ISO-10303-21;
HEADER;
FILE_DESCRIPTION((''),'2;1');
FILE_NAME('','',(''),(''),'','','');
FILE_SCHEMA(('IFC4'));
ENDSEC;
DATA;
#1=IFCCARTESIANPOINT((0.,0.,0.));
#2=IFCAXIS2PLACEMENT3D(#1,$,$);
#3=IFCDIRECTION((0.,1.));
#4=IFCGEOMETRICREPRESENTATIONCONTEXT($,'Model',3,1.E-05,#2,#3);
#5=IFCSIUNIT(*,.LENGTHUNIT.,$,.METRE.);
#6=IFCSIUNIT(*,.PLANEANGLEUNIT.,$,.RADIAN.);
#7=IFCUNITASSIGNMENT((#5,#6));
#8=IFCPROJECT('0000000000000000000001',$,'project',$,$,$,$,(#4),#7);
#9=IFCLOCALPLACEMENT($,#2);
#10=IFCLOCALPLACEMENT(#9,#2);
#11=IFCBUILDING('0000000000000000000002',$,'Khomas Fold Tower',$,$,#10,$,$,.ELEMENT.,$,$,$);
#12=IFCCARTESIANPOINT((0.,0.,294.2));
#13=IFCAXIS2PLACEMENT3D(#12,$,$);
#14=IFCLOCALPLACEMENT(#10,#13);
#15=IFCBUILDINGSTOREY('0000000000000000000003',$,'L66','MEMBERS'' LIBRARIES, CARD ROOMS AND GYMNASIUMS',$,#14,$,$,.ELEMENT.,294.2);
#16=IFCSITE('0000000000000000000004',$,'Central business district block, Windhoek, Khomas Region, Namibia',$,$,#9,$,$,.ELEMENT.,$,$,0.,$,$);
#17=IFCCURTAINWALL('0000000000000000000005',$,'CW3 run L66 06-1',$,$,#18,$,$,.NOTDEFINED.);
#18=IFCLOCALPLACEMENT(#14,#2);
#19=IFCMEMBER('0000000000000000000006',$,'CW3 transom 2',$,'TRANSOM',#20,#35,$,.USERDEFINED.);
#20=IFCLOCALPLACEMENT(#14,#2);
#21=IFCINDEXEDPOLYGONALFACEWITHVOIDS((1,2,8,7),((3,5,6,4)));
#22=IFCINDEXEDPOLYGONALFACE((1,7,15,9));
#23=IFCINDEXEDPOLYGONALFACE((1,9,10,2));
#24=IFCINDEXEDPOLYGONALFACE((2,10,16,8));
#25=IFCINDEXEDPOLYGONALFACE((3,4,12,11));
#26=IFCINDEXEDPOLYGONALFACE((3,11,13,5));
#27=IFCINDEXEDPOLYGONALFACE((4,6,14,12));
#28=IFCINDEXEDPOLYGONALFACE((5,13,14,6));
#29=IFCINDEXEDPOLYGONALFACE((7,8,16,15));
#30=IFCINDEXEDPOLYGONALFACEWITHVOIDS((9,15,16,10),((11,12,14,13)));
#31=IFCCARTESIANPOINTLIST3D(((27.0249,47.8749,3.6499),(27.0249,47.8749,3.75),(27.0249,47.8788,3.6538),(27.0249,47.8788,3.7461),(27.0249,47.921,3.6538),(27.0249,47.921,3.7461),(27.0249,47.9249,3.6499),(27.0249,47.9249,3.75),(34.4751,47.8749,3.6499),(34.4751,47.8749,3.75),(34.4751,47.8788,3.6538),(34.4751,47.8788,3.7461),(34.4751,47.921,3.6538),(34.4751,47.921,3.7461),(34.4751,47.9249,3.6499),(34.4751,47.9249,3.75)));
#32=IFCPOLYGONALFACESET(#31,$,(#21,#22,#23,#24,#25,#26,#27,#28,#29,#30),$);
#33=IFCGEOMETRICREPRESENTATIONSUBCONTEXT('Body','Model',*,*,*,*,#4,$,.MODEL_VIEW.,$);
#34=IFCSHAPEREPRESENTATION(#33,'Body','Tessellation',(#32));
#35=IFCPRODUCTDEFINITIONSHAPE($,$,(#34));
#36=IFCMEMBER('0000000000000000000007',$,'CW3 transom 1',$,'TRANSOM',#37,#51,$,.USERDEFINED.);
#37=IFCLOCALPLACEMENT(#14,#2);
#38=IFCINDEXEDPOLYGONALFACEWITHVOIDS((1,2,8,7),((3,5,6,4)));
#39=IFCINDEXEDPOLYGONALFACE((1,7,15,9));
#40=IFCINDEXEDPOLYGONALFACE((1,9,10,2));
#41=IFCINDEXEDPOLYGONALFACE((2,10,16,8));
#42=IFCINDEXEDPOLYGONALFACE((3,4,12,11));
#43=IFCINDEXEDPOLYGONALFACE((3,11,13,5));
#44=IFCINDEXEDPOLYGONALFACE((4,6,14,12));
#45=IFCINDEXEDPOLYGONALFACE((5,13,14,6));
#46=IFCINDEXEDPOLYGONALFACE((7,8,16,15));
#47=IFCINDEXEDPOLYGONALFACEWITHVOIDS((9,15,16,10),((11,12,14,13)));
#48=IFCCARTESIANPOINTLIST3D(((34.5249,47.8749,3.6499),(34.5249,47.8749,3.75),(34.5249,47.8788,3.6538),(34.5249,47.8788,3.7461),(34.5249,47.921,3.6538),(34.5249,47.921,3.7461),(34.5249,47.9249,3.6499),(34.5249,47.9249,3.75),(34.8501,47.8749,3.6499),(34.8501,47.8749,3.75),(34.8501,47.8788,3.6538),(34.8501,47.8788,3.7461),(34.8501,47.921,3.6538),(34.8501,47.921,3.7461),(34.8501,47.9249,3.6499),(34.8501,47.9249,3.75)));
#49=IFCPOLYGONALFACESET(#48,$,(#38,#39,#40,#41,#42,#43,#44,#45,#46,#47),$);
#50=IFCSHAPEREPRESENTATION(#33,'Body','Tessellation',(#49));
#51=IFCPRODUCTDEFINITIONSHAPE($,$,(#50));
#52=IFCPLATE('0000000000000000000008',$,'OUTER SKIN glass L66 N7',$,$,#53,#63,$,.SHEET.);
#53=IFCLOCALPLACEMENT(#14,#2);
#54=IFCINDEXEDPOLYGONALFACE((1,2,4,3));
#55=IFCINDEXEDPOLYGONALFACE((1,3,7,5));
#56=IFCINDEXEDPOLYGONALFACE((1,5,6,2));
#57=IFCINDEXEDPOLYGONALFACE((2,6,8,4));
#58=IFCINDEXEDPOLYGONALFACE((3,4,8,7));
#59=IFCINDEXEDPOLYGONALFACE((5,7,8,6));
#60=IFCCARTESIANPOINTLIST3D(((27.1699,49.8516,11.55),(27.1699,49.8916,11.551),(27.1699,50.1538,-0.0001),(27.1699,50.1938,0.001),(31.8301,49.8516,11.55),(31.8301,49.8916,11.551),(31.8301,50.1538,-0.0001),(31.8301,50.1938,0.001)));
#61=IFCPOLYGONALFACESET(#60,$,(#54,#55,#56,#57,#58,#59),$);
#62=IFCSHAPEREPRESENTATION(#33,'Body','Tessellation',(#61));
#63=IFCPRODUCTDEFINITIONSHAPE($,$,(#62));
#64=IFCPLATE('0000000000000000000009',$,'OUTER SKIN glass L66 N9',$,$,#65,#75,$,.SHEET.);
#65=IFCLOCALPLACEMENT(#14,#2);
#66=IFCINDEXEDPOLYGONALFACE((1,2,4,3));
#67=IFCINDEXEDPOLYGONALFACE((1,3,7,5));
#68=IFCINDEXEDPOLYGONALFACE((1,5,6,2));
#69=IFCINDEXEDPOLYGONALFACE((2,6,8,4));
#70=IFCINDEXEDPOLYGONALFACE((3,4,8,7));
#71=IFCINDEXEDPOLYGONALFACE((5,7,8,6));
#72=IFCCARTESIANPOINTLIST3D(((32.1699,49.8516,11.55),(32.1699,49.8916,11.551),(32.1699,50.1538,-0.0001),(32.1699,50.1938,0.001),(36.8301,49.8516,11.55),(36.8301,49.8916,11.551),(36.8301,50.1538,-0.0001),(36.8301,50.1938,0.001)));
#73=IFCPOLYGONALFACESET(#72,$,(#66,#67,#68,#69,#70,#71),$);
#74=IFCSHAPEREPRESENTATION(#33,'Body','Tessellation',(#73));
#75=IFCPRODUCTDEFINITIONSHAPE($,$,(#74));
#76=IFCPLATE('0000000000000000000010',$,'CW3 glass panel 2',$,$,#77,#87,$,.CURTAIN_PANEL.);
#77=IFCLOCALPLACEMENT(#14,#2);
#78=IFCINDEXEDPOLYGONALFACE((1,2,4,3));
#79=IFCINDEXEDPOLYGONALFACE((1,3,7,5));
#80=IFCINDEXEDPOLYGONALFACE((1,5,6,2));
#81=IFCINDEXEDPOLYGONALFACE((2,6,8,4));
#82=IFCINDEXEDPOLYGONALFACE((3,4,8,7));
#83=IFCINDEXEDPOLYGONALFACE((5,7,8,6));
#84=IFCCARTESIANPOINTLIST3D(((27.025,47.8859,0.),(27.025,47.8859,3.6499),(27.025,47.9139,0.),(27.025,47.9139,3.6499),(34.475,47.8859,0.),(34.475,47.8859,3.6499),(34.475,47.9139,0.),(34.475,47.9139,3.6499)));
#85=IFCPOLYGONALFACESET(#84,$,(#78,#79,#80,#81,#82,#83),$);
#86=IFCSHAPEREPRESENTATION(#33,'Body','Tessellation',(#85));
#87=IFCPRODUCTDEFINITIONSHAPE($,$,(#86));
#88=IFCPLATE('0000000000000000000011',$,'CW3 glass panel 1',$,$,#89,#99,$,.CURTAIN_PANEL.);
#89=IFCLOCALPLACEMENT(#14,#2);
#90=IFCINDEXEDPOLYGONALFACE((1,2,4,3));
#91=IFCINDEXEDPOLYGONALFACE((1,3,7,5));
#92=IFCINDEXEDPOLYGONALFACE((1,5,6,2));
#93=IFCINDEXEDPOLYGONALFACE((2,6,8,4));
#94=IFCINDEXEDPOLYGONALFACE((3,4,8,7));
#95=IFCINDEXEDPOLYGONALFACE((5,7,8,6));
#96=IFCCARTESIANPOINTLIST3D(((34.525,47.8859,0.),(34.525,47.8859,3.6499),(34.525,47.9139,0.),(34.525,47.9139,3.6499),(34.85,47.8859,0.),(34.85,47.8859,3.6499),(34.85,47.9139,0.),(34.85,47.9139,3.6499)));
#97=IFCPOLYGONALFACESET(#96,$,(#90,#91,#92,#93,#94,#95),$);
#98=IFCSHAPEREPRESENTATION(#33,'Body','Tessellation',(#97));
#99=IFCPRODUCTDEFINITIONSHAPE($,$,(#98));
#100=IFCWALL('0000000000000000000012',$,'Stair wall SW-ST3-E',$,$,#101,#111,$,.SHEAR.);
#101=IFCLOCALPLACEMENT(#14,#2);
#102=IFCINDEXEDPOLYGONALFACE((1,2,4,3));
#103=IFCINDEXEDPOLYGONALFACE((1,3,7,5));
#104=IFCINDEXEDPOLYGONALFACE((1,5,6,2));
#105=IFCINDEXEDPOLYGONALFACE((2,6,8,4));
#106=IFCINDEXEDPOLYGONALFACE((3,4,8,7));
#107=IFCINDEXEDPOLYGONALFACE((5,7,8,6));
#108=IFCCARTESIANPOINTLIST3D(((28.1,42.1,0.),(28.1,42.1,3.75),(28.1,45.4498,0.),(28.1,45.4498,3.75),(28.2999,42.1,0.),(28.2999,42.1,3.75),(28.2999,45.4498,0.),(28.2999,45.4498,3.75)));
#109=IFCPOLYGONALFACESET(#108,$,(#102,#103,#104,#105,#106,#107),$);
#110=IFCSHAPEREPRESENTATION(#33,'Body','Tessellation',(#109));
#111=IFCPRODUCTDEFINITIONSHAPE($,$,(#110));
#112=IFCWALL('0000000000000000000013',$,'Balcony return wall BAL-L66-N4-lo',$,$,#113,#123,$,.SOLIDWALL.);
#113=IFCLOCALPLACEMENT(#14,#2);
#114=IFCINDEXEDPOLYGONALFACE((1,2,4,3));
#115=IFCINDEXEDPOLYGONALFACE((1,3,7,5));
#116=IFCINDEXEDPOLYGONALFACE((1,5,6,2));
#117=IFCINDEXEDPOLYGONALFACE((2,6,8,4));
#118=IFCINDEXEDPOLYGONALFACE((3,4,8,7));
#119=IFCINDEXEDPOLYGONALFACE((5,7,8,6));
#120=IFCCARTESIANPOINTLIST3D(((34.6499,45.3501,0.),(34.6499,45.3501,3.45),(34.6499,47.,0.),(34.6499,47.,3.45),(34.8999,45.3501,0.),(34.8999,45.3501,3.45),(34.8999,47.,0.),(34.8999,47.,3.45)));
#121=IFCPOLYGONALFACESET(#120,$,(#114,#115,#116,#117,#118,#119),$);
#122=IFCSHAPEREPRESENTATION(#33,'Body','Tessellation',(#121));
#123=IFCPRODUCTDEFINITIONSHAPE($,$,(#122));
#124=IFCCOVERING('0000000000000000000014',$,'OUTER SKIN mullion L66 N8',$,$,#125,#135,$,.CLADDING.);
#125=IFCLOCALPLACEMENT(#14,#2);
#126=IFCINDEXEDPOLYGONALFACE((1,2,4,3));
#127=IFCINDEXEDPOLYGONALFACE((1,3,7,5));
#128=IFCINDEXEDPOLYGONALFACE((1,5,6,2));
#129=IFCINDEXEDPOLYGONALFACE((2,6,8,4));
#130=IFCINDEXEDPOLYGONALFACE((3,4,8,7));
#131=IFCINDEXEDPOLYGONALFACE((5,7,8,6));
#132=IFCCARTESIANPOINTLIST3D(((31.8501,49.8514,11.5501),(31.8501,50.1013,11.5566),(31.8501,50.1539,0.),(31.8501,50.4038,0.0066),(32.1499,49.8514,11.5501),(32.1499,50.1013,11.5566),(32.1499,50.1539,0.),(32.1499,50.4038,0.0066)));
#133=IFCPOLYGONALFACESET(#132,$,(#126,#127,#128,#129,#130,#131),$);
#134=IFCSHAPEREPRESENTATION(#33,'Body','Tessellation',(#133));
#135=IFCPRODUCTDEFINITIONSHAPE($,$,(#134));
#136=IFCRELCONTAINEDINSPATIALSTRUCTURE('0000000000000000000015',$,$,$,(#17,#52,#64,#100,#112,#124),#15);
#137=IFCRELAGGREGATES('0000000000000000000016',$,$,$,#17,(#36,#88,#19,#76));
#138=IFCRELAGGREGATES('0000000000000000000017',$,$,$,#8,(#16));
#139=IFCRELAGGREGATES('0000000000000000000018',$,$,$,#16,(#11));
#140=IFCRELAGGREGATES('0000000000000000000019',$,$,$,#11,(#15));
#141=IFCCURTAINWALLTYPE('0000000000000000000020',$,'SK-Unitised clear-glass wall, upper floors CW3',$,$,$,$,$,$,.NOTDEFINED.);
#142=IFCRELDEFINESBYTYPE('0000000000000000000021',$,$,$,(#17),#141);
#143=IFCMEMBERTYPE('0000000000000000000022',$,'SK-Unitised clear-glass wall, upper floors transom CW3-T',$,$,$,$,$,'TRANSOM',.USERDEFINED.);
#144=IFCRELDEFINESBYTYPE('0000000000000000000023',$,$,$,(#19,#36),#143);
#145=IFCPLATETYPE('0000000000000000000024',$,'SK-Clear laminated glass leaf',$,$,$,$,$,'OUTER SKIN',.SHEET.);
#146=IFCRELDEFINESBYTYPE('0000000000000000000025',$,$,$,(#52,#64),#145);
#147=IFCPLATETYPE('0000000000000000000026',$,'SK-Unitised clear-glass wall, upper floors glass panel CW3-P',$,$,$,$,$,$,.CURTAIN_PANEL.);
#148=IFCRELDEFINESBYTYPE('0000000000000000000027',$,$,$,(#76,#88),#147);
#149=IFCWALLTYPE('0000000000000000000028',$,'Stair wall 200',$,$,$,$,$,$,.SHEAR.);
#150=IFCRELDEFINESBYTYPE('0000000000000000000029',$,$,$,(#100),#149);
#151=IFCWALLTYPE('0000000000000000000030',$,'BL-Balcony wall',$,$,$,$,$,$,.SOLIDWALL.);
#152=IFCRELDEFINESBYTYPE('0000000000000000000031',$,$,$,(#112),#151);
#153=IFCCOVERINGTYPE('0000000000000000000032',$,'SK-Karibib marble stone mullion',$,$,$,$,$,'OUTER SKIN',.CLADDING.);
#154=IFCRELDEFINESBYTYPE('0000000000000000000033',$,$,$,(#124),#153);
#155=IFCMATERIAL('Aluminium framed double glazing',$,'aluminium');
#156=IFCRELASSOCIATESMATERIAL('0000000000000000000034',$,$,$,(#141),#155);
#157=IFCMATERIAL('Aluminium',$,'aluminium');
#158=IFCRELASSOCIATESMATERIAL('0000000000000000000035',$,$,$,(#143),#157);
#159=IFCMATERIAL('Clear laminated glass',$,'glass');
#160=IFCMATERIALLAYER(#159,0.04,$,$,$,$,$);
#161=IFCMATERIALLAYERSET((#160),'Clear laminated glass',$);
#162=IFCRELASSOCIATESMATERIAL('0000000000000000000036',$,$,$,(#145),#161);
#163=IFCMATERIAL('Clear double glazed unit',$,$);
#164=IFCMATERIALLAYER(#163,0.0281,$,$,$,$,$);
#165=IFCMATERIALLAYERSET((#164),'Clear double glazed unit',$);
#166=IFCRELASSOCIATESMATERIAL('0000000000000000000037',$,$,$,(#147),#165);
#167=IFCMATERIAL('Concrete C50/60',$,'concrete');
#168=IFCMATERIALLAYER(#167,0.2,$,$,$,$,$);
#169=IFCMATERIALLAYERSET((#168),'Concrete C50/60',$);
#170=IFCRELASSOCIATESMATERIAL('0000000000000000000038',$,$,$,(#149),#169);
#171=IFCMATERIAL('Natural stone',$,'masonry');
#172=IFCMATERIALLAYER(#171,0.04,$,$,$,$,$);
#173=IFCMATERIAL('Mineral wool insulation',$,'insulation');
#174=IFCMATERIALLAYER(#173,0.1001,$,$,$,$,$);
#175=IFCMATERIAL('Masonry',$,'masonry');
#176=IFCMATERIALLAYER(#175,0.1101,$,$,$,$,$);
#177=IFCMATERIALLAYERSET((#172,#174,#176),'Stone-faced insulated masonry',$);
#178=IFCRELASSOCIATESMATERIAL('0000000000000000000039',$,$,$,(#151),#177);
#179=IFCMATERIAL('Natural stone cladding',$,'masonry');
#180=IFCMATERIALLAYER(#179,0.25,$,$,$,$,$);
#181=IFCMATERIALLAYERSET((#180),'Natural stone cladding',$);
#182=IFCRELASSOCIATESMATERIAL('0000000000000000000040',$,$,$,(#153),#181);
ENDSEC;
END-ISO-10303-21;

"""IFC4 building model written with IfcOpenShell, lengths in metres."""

from ifc_helpers import new_model, si_unit, direction, frame, frame_2d, origin, origin_2d, place, context, subcontext, project, spatial, polyline, rectangle, hollow_rectangle, outline, extrude, source, transform, mapped, material, layer, layer_set, material_profile, profile_set, type_object, element, aggregate, save


model = new_model("IFC4")

# Units and contexts
model_context = context("Model", 3, precision=1e-05, world=origin(), true_north=direction((0.0, 1.0)))
body_context = subcontext(model_context, "Body", "Model", "MODEL_VIEW")
ifc_project = project(units=[si_unit("LENGTHUNIT", "METRE"), si_unit("PLANEANGLEUNIT", "RADIAN")], contexts=[model_context])

# Site, building, storey
site_placement = place(None, origin())
site = spatial("IfcSite", under=ifc_project, at=site_placement, Name="Central business district block, Windhoek, Khomas Region, Namibia", CompositionType="ELEMENT", RefElevation=0.0)
building_placement = place(site_placement, origin())
building = spatial("IfcBuilding", under=site, at=building_placement, Name="Khomas Fold Tower", CompositionType="ELEMENT")
storey_placement = place(building_placement, frame((0.0, 0.0, 294.2)))
storey = spatial("IfcBuildingStorey", under=building, at=storey_placement, Name="L66", Description="MEMBERS' LIBRARIES, CARD ROOMS AND GYMNASIUMS", CompositionType="ELEMENT", Elevation=294.2)

# Curtain wall, members
ifc_material_1 = material(Name="Aluminium framed double glazing", Category="aluminium")
curtain_wall_type = type_object("IfcCurtainWallType", Name="SK-Unitised clear-glass wall, upper floors CW3", PredefinedType="NOTDEFINED", material=ifc_material_1)
curtain_wall_placement = place(storey_placement, origin())
curtain_wall = element("IfcCurtainWall", 1, at=curtain_wall_placement, inside=storey, type_object=curtain_wall_type, Name="CW3 run L66 06-1", PredefinedType="NOTDEFINED")
ifc_material_2 = material(Name="Aluminium", Category="aluminium")
ifc_material_profile_1 = material_profile(ifc_material_2, hollow_rectangle(XDim=0.05, YDim=0.1001, WallThickness=0.0039, at=origin_2d()), Name="SK-Unitised clear-glass wall, upper floors transom CW3-T")
ifc_profile_set_1 = profile_set([ifc_material_profile_1], Name="Aluminium")
member_type_1 = type_object("IfcMemberType", Name="SK-Unitised clear-glass wall, upper floors transom CW3-T", ElementType="TRANSOM", PredefinedType="USERDEFINED", material=ifc_profile_set_1)
shared_shape_1 = source(origin(), body_context, "Body", "SweptSolid", [
    extrude(hollow_rectangle(XDim=0.05, YDim=0.1001, WallThickness=0.0039, at=origin_2d()), origin(), (0.0, 0.0, 1.0), 7.4502),
])
member_1_placement = place(storey_placement, frame((34.4751, 47.8999, 3.7), z_axis=(-1.0, 0.0, 0.0), x_axis=(0.0, -1.0, 0.0)))
member_1 = element("IfcMember", 2, at=member_1_placement, type_object=member_type_1, Name="CW3 transom 2", ObjectType="TRANSOM", PredefinedType="USERDEFINED", context=body_context, shape_type="MappedRepresentation", body=[
    mapped(shared_shape_1, transform((0.0, 0.0, 0.0))),
])
shared_shape_2 = source(origin(), body_context, "Body", "SweptSolid", [
    extrude(hollow_rectangle(XDim=0.05, YDim=0.1001, WallThickness=0.0039, at=origin_2d()), origin(), (0.0, 0.0, 1.0), 0.3252),
])
member_2_placement = place(storey_placement, frame((34.8501, 47.8999, 3.7), z_axis=(-1.0, 0.0, 0.0), x_axis=(0.0, -1.0, 0.0)))
member_2 = element("IfcMember", 3, at=member_2_placement, type_object=member_type_1, Name="CW3 transom 1", ObjectType="TRANSOM", PredefinedType="USERDEFINED", context=body_context, shape_type="MappedRepresentation", body=[
    mapped(shared_shape_2, transform((0.0, 0.0, 0.0))),
])

# Plates
ifc_material_3 = material(Name="Clear laminated glass", Category="glass")
ifc_layer_1 = layer(ifc_material_3, 0.04)
ifc_layer_set_1 = layer_set([ifc_layer_1], Name="Clear laminated glass")
plate_type_1 = type_object("IfcPlateType", Name="SK-Clear laminated glass leaf", ElementType="OUTER SKIN", PredefinedType="SHEET", material=ifc_layer_set_1)
for number, where, z_axis, x_axis, name in (
    (4, (27.1699, 50.1938, 0.001), (0.0, 0.999658, 0.026159), (1.0, 0.0, 0.0), "OUTER SKIN glass L66 N7"),
    (5, (32.1699, 50.1938, 0.001), (0.0, 0.999658, 0.026159), (1.0, 0.0, 0.0), "OUTER SKIN glass L66 N9"),
):
    element("IfcPlate", number, at=place(storey_placement, frame(where, z_axis=z_axis, x_axis=x_axis)), inside=storey, type_object=plate_type_1, Name=name, PredefinedType="SHEET", context=body_context, shape_type="SweptSolid", body=[
        extrude(outline(polyline([(0.0, 0.0), (4.6602, 0.0), (4.6602, -11.554), (0.0, -11.554), (0.0, 0.0)])), origin(), (0.0, 0.0, -1.0), 0.04),
    ])

# Plates
ifc_material_4 = material(Name="Clear double glazed unit")
ifc_layer_2 = layer(ifc_material_4, 0.0281)
ifc_layer_set_2 = layer_set([ifc_layer_2], Name="Clear double glazed unit")
plate_type_2 = type_object("IfcPlateType", Name="SK-Unitised clear-glass wall, upper floors glass panel CW3-P", PredefinedType="CURTAIN_PANEL", material=ifc_layer_set_2)
shared_shape_3 = source(origin(), body_context, "Body", "SweptSolid", [
    extrude(rectangle(XDim=7.45, YDim=0.0281, at=origin_2d()), origin(), (0.0, 0.0, 1.0), 3.6499),
])
plate_1_placement = place(storey_placement, frame((30.75, 47.8999, 0.0), z_axis=(0.0, 0.0, 1.0), x_axis=(-1.0, 0.0, 0.0)))
plate_1 = element("IfcPlate", 6, at=plate_1_placement, type_object=plate_type_2, Name="CW3 glass panel 2", PredefinedType="CURTAIN_PANEL", context=body_context, shape_type="MappedRepresentation", body=[
    mapped(shared_shape_3, transform((0.0, 0.0, 0.0))),
])
shared_shape_4 = source(origin(), body_context, "Body", "SweptSolid", [
    extrude(rectangle(XDim=0.325, YDim=0.0281, at=origin_2d()), origin(), (0.0, 0.0, 1.0), 3.6499),
])
plate_2_placement = place(storey_placement, frame((34.6875, 47.8999, 0.0), z_axis=(0.0, 0.0, 1.0), x_axis=(-1.0, 0.0, 0.0)))
plate_2 = element("IfcPlate", 7, at=plate_2_placement, type_object=plate_type_2, Name="CW3 glass panel 1", PredefinedType="CURTAIN_PANEL", context=body_context, shape_type="MappedRepresentation", body=[
    mapped(shared_shape_4, transform((0.0, 0.0, 0.0))),
])
aggregate(curtain_wall, [member_2, plate_2, member_1, plate_1])

# Wall
ifc_material_5 = material(Name="Concrete C50/60", Category="concrete")
ifc_layer_3 = layer(ifc_material_5, 0.2)
ifc_layer_set_3 = layer_set([ifc_layer_3], Name="Concrete C50/60")
wall_type_1 = type_object("IfcWallType", Name="Stair wall 200", PredefinedType="SHEAR", material=ifc_layer_set_3)
shared_shape_5 = source(origin(), body_context, "Body", "SweptSolid", [
    extrude(rectangle(XDim=3.3499, YDim=0.2, at=frame_2d((1.6748, 0.0))), origin(), (0.0, 0.0, 1.0), 3.75),
])
wall_1_placement = place(storey_placement, frame((28.2, 42.1001, 0.0), z_axis=(0.0, 0.0, 1.0), x_axis=(0.0, 1.0, 0.0)))
element("IfcWall", 8, at=wall_1_placement, inside=storey, type_object=wall_type_1, Name="Stair wall SW-ST3-E", PredefinedType="SHEAR", context=body_context, shape_type="MappedRepresentation", body=[
    mapped(shared_shape_5, transform((0.0, 0.0, 0.0))),
])

# Shared definitions
ifc_material_6 = material(Name="Natural stone", Category="masonry")
ifc_layer_4 = layer(ifc_material_6, 0.04)
ifc_material_7 = material(Name="Mineral wool insulation", Category="insulation")
ifc_layer_5 = layer(ifc_material_7, 0.1001)
ifc_material_8 = material(Name="Masonry", Category="masonry")
ifc_layer_6 = layer(ifc_material_8, 0.1101)
ifc_layer_set_4 = layer_set([ifc_layer_4, ifc_layer_5, ifc_layer_6], Name="Stone-faced insulated masonry")
wall_type_2 = type_object("IfcWallType", Name="BL-Balcony wall", PredefinedType="SOLIDWALL", material=ifc_layer_set_4)

# Wall
shared_shape_6 = source(origin(), body_context, "Body", "SweptSolid", [
    extrude(rectangle(XDim=1.6499, YDim=0.25, at=frame_2d((0.825, 0.0))), origin(), (0.0, 0.0, 1.0), 3.45),
])
wall_2_placement = place(storey_placement, frame((34.7749, 47.0, 0.0), z_axis=(0.0, 0.0, 1.0), x_axis=(0.0, -1.0, 0.0)))
element("IfcWall", 9, at=wall_2_placement, inside=storey, type_object=wall_type_2, Name="Balcony return wall BAL-L66-N4-lo", PredefinedType="SOLIDWALL", context=body_context, shape_type="MappedRepresentation", body=[
    mapped(shared_shape_6, transform((0.0, 0.0, 0.0))),
])

# Covering
ifc_material_9 = material(Name="Natural stone cladding", Category="masonry")
ifc_layer_7 = layer(ifc_material_9, 0.25)
ifc_layer_set_5 = layer_set([ifc_layer_7], Name="Natural stone cladding")
covering_type = type_object("IfcCoveringType", Name="SK-Karibib marble stone mullion", ElementType="OUTER SKIN", PredefinedType="CLADDING", material=ifc_layer_set_5)
covering_placement = place(storey_placement, frame((31.8501, 50.4038, 0.0066), z_axis=(0.0, 0.999657, 0.026181), x_axis=(1.0, 0.0, 0.0)))
element("IfcCovering", 10, at=covering_placement, inside=storey, type_object=covering_type, Name="OUTER SKIN mullion L66 N8", PredefinedType="CLADDING", context=body_context, shape_type="SweptSolid", body=[
    extrude(outline(polyline([(0.0, 0.0), (0.2998, 0.0), (0.2998, -11.554), (0.0, -11.554), (0.0, 0.0)])), origin(), (0.0, 0.0, -1.0), 0.25),
])

save(model, "model.ifc")
